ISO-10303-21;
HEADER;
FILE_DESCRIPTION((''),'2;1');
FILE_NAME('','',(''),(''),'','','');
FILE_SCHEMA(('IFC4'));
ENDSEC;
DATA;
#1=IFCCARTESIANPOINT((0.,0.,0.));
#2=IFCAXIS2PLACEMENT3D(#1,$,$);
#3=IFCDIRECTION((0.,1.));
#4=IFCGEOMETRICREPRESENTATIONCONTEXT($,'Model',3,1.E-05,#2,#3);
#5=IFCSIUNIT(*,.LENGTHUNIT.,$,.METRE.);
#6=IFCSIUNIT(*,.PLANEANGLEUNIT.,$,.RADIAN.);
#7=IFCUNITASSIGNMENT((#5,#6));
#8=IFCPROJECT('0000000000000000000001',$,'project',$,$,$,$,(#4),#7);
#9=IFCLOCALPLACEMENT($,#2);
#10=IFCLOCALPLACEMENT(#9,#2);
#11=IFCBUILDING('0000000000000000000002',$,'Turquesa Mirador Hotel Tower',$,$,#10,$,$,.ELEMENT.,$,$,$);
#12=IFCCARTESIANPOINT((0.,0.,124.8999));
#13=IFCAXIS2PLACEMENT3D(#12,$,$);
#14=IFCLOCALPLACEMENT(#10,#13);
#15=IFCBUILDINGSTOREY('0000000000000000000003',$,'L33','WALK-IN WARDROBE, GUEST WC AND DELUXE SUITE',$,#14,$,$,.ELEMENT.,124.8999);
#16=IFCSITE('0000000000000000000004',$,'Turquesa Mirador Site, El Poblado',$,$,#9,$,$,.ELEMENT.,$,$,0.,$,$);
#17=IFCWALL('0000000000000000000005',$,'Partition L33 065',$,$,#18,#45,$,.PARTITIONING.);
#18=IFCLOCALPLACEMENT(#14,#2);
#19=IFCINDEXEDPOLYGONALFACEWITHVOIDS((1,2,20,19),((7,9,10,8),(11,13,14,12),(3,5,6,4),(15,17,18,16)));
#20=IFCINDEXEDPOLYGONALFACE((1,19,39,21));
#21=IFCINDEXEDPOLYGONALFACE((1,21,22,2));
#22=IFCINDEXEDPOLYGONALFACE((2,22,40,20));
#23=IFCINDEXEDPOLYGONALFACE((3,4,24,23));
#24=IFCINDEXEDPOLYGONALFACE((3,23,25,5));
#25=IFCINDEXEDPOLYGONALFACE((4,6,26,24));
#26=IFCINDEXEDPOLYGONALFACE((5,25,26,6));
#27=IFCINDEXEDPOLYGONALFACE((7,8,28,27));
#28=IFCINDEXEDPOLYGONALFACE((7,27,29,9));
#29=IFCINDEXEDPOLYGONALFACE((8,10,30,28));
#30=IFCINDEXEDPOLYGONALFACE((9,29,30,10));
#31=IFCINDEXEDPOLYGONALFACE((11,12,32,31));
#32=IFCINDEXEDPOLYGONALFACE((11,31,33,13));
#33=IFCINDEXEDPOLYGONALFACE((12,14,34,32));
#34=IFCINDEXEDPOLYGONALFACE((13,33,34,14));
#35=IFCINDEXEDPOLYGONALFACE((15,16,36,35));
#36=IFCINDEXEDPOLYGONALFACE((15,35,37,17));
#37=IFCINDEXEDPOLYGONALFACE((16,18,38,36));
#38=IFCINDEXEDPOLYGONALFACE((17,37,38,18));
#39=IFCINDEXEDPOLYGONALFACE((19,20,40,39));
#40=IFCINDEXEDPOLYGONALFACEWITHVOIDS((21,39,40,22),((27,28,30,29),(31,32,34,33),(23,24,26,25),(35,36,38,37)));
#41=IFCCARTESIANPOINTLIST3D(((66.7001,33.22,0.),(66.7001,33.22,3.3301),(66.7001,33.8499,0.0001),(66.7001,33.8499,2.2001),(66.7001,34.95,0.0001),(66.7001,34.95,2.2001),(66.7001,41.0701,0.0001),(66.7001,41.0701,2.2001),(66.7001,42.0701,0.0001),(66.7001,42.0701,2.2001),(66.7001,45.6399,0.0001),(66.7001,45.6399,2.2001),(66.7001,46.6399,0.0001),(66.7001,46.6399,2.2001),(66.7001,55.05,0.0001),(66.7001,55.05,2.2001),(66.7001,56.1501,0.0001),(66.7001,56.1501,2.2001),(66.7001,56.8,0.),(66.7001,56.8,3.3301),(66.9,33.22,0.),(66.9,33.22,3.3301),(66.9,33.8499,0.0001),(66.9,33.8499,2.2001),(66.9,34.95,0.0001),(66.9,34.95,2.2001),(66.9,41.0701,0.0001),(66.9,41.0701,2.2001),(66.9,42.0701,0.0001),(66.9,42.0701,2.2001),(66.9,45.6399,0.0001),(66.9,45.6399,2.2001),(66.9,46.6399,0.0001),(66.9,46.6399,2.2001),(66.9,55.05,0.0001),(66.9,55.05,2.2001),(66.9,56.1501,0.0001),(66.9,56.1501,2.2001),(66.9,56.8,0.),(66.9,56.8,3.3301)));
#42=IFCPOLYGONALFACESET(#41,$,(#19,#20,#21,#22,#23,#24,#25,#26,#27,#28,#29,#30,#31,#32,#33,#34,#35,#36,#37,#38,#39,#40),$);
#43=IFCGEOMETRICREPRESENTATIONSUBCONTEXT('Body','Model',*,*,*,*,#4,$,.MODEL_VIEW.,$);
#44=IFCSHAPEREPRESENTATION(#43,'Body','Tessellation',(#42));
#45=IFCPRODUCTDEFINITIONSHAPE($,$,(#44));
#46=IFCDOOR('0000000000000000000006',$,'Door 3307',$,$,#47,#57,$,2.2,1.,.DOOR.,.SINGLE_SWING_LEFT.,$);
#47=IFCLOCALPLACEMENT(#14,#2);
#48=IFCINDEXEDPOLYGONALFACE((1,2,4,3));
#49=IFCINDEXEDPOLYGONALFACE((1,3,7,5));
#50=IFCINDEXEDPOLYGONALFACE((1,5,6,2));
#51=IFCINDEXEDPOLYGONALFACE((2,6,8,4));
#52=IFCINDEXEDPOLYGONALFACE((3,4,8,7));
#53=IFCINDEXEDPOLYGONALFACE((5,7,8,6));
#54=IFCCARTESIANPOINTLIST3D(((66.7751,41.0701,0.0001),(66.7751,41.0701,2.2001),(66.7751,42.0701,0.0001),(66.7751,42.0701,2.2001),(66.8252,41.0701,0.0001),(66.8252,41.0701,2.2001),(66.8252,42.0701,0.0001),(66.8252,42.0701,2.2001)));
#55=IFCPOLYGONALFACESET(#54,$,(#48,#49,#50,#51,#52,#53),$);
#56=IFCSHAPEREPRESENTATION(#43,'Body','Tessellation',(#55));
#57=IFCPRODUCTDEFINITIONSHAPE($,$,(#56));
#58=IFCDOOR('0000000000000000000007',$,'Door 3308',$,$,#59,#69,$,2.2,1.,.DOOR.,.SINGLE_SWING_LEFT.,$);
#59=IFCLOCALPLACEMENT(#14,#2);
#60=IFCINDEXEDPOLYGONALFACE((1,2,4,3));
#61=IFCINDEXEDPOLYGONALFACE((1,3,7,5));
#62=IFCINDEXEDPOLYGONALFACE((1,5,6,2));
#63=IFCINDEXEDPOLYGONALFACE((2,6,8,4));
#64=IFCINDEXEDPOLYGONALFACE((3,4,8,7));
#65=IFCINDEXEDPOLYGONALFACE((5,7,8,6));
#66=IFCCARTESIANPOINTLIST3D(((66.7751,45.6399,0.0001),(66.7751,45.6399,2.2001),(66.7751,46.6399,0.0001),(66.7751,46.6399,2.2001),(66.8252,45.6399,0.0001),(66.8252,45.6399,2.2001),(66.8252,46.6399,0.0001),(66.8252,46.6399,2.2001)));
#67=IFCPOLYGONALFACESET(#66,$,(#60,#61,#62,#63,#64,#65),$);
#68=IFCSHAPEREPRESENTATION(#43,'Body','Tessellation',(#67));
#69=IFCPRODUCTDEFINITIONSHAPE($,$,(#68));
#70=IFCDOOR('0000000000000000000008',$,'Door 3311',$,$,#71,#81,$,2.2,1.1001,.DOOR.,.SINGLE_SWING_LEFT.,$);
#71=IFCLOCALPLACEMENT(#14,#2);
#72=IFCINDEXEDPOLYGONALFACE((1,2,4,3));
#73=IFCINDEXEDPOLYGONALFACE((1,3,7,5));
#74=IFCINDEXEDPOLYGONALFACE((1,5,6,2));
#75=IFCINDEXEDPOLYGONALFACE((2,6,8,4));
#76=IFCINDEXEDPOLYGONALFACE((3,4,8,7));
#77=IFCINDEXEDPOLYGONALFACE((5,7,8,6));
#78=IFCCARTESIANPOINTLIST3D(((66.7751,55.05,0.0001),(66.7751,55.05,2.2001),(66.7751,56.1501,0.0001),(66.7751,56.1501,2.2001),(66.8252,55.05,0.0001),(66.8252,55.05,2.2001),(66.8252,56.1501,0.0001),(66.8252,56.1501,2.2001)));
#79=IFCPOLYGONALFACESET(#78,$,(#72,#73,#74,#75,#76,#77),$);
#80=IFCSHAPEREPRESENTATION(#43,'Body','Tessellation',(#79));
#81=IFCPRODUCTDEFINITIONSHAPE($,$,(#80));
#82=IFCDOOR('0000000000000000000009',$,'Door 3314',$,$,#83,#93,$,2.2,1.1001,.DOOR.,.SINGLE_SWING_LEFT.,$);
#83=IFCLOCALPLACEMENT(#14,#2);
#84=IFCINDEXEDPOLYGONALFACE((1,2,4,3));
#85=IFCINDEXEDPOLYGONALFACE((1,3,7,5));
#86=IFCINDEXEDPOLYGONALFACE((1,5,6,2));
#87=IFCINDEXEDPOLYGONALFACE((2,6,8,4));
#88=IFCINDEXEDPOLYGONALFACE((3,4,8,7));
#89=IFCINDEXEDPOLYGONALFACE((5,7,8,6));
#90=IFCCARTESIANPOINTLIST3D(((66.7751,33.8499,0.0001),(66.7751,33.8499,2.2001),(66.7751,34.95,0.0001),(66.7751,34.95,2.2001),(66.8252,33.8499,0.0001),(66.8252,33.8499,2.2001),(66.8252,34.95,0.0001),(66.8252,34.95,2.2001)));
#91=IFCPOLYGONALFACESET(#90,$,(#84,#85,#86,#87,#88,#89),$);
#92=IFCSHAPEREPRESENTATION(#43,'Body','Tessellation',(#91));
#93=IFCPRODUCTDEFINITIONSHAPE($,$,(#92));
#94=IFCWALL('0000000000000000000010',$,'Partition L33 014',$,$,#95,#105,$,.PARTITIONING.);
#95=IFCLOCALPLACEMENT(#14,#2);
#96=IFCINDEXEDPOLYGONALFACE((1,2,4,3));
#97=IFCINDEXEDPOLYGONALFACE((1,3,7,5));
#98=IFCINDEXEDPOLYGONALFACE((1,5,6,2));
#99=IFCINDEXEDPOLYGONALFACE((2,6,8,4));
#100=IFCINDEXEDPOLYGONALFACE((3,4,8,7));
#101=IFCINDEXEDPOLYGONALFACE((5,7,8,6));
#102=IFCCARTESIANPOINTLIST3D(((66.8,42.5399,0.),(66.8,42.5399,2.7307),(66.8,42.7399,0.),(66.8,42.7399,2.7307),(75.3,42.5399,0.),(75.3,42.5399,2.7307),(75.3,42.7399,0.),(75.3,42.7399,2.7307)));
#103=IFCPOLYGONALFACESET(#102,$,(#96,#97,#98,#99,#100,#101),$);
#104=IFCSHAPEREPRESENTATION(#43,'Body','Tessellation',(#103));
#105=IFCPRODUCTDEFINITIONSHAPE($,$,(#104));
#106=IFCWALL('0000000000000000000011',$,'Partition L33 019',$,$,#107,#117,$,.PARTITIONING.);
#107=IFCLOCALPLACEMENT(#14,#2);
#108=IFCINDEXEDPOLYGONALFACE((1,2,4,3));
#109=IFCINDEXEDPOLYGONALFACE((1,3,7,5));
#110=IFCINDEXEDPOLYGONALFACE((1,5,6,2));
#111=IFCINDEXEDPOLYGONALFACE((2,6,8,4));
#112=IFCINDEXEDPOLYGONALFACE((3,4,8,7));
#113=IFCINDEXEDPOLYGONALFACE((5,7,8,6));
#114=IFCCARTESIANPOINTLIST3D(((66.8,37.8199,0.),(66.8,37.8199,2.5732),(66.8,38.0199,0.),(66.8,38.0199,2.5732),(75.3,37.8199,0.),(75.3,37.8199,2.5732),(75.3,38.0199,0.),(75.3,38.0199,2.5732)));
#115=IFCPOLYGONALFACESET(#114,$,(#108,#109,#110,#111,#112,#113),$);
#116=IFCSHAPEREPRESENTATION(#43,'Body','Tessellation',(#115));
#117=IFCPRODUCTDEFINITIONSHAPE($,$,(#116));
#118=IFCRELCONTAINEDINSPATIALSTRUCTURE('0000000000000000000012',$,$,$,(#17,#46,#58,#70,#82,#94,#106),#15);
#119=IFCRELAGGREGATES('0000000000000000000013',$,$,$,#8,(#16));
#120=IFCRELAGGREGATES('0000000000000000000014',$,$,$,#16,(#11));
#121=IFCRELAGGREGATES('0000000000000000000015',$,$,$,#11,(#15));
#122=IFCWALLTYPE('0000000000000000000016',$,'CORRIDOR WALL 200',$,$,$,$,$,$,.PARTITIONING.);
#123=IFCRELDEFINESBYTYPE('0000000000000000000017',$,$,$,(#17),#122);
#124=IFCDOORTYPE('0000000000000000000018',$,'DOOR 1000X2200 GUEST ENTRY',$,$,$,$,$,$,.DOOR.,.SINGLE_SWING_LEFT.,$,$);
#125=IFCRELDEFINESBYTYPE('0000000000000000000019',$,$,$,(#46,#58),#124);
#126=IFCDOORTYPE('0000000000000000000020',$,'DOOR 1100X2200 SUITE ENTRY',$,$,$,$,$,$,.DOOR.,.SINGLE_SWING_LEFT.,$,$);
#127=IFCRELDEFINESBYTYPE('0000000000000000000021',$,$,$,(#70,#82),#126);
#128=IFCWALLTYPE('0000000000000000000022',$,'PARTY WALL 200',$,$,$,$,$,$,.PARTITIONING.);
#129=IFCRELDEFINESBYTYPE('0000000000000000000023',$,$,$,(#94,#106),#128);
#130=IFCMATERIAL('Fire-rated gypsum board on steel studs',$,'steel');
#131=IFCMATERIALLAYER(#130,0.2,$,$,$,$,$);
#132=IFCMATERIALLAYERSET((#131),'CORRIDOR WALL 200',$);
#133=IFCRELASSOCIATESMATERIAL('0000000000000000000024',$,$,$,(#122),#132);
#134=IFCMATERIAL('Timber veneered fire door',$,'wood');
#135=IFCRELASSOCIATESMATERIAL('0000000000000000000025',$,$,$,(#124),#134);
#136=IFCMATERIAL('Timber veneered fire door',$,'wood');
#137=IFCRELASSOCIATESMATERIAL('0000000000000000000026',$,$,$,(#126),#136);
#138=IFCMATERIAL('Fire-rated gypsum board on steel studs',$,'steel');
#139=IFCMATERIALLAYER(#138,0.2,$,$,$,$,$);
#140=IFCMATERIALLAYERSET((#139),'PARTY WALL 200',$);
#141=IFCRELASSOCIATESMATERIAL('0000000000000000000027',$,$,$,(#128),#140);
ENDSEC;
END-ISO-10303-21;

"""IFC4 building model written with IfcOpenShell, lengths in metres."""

from ifc_helpers import new_model, si_unit, direction, frame, frame_2d, origin, place, context, subcontext, project, spatial, rectangle, extrude, material, layer, layer_set, type_object, element, fill, save


model = new_model("IFC4")

# Units and contexts
model_context = context("Model", 3, precision=1e-05, world=origin(), true_north=direction((0.0, 1.0)))
body_context = subcontext(model_context, "Body", "Model", "MODEL_VIEW")
ifc_project = project(units=[si_unit("LENGTHUNIT", "METRE"), si_unit("PLANEANGLEUNIT", "RADIAN")], contexts=[model_context])

# Site, building, storey
site_placement = place(None, origin())
site = spatial("IfcSite", under=ifc_project, at=site_placement, Name="Turquesa Mirador Site, El Poblado", CompositionType="ELEMENT", RefElevation=0.0)
building_placement = place(site_placement, origin())
building = spatial("IfcBuilding", under=site, at=building_placement, Name="Turquesa Mirador Hotel Tower", CompositionType="ELEMENT")
storey_placement = place(building_placement, frame((0.0, 0.0, 124.8999)))
storey = spatial("IfcBuildingStorey", under=building, at=storey_placement, Name="L33", Description="WALK-IN WARDROBE, GUEST WC AND DELUXE SUITE", CompositionType="ELEMENT", Elevation=124.8999)

# Wall, openings, doors
ifc_material_1 = material(Name="Fire-rated gypsum board on steel studs", Category="steel")
ifc_layer_1 = layer(ifc_material_1, 0.2)
ifc_layer_set_1 = layer_set([ifc_layer_1], Name="CORRIDOR WALL 200")
wall_type_1 = type_object("IfcWallType", Name="CORRIDOR WALL 200", PredefinedType="PARTITIONING", material=ifc_layer_set_1)
wall_1_placement = place(storey_placement, frame((66.8, 33.22, 0.0), z_axis=(0.0, 0.0, 1.0), x_axis=(0.0, 1.0, 0.0)))
wall_1 = element("IfcWall", 1, at=wall_1_placement, inside=storey, type_object=wall_type_1, Name="Partition L33 065", PredefinedType="PARTITIONING", context=body_context, shape_type="SweptSolid", body=[
    extrude(rectangle(XDim=23.5801, YDim=0.2, at=frame_2d((11.79, 0.0))), origin(), (0.0, 0.0, 1.0), 3.3301),
])
opening_1_placement = place(wall_1_placement, frame((7.8501, 0.0, 0.0)))
opening_1 = element("IfcOpeningElement", 2, at=opening_1_placement, cuts=wall_1, PredefinedType="OPENING", context=body_context, shape_type="SweptSolid", body=[
    extrude(rectangle(XDim=1.0, YDim=2.2, at=frame_2d((0.5, 1.1001))), frame((0.0, 0.1099, 0.0), z_axis=(0.0, -1.0, 0.0), x_axis=(1.0, 0.0, 0.0)), (0.0, 0.0, 1.0), 0.22),
])
opening_2_placement = place(wall_1_placement, frame((12.4199, 0.0, 0.0)))
opening_2 = element("IfcOpeningElement", 3, at=opening_2_placement, cuts=wall_1, PredefinedType="OPENING", context=body_context, shape_type="SweptSolid", body=[
    extrude(rectangle(XDim=1.0, YDim=2.2, at=frame_2d((0.5, 1.1001))), frame((0.0, 0.1099, 0.0), z_axis=(0.0, -1.0, 0.0), x_axis=(1.0, 0.0, 0.0)), (0.0, 0.0, 1.0), 0.22),
])
opening_3_placement = place(wall_1_placement, frame((21.8301, 0.0, 0.0)))
opening_3 = element("IfcOpeningElement", 4, at=opening_3_placement, cuts=wall_1, PredefinedType="OPENING", context=body_context, shape_type="SweptSolid", body=[
    extrude(rectangle(XDim=1.1001, YDim=2.2, at=frame_2d((0.55, 1.1001))), frame((0.0, 0.1099, 0.0), z_axis=(0.0, -1.0, 0.0), x_axis=(1.0, 0.0, 0.0)), (0.0, 0.0, 1.0), 0.22),
])
opening_4_placement = place(wall_1_placement, frame((0.6299, 0.0, 0.0)))
opening_4 = element("IfcOpeningElement", 5, at=opening_4_placement, cuts=wall_1, PredefinedType="OPENING", context=body_context, shape_type="SweptSolid", body=[
    extrude(rectangle(XDim=1.1001, YDim=2.2, at=frame_2d((0.55, 1.1001))), frame((0.0, 0.1099, 0.0), z_axis=(0.0, -1.0, 0.0), x_axis=(1.0, 0.0, 0.0)), (0.0, 0.0, 1.0), 0.22),
])
ifc_material_2 = material(Name="Timber veneered fire door", Category="wood")
door_type_1 = type_object("IfcDoorType", Name="DOOR 1000X2200 GUEST ENTRY", OperationType="SINGLE_SWING_LEFT", PredefinedType="DOOR", material=ifc_material_2)
door_1_placement = place(opening_1_placement, origin())
door_1 = element("IfcDoor", 6, at=door_1_placement, inside=storey, type_object=door_type_1, Name="Door 3307", OperationType="SINGLE_SWING_LEFT", OverallHeight=2.2, OverallWidth=1.0, PredefinedType="DOOR", context=body_context, shape_type="SweptSolid", body=[
    extrude(rectangle(XDim=1.0, YDim=2.2, at=frame_2d((0.5, 1.1001))), frame((0.0, 0.0249, 0.0), z_axis=(0.0, -1.0, 0.0), x_axis=(1.0, 0.0, 0.0)), (0.0, 0.0, 1.0), 0.05),
])
fill(opening_1, door_1)
door_2_placement = place(opening_2_placement, origin())
door_2 = element("IfcDoor", 7, at=door_2_placement, inside=storey, type_object=door_type_1, Name="Door 3308", OperationType="SINGLE_SWING_LEFT", OverallHeight=2.2, OverallWidth=1.0, PredefinedType="DOOR", context=body_context, shape_type="SweptSolid", body=[
    extrude(rectangle(XDim=1.0, YDim=2.2, at=frame_2d((0.5, 1.1001))), frame((0.0, 0.0249, 0.0), z_axis=(0.0, -1.0, 0.0), x_axis=(1.0, 0.0, 0.0)), (0.0, 0.0, 1.0), 0.05),
])
fill(opening_2, door_2)
ifc_material_3 = material(Name="Timber veneered fire door", Category="wood")
door_type_2 = type_object("IfcDoorType", Name="DOOR 1100X2200 SUITE ENTRY", OperationType="SINGLE_SWING_LEFT", PredefinedType="DOOR", material=ifc_material_3)
door_3_placement = place(opening_3_placement, origin())
door_3 = element("IfcDoor", 8, at=door_3_placement, inside=storey, type_object=door_type_2, Name="Door 3311", OperationType="SINGLE_SWING_LEFT", OverallHeight=2.2, OverallWidth=1.1001, PredefinedType="DOOR", context=body_context, shape_type="SweptSolid", body=[
    extrude(rectangle(XDim=1.1001, YDim=2.2, at=frame_2d((0.55, 1.1001))), frame((0.0, 0.0249, 0.0), z_axis=(0.0, -1.0, 0.0), x_axis=(1.0, 0.0, 0.0)), (0.0, 0.0, 1.0), 0.05),
])
fill(opening_3, door_3)
door_4_placement = place(opening_4_placement, origin())
door_4 = element("IfcDoor", 9, at=door_4_placement, inside=storey, type_object=door_type_2, Name="Door 3314", OperationType="SINGLE_SWING_LEFT", OverallHeight=2.2, OverallWidth=1.1001, PredefinedType="DOOR", context=body_context, shape_type="SweptSolid", body=[
    extrude(rectangle(XDim=1.1001, YDim=2.2, at=frame_2d((0.55, 1.1001))), frame((0.0, 0.0249, 0.0), z_axis=(0.0, -1.0, 0.0), x_axis=(1.0, 0.0, 0.0)), (0.0, 0.0, 1.0), 0.05),
])
fill(opening_4, door_4)

# Walls
ifc_material_4 = material(Name="Fire-rated gypsum board on steel studs", Category="steel")
ifc_layer_2 = layer(ifc_material_4, 0.2)
ifc_layer_set_2 = layer_set([ifc_layer_2], Name="PARTY WALL 200")
wall_type_2 = type_object("IfcWallType", Name="PARTY WALL 200", PredefinedType="PARTITIONING", material=ifc_layer_set_2)
wall_2_placement = place(storey_placement, frame((66.8, 42.6399, 0.0), z_axis=(0.0, 0.0, 1.0), x_axis=(1.0, 0.0, 0.0)))
element("IfcWall", 10, at=wall_2_placement, inside=storey, type_object=wall_type_2, Name="Partition L33 014", PredefinedType="PARTITIONING", context=body_context, shape_type="SweptSolid", body=[
    extrude(rectangle(XDim=8.5, YDim=0.2, at=frame_2d((4.25, 0.0))), origin(), (0.0, 0.0, 1.0), 2.7307),
])
wall_3_placement = place(storey_placement, frame((66.8, 37.9199, 0.0), z_axis=(0.0, 0.0, 1.0), x_axis=(1.0, 0.0, 0.0)))
element("IfcWall", 11, at=wall_3_placement, inside=storey, type_object=wall_type_2, Name="Partition L33 019", PredefinedType="PARTITIONING", context=body_context, shape_type="SweptSolid", body=[
    extrude(rectangle(XDim=8.5, YDim=0.2, at=frame_2d((4.25, 0.0))), origin(), (0.0, 0.0, 1.0), 2.5732),
])

save(model, "model.ifc")
